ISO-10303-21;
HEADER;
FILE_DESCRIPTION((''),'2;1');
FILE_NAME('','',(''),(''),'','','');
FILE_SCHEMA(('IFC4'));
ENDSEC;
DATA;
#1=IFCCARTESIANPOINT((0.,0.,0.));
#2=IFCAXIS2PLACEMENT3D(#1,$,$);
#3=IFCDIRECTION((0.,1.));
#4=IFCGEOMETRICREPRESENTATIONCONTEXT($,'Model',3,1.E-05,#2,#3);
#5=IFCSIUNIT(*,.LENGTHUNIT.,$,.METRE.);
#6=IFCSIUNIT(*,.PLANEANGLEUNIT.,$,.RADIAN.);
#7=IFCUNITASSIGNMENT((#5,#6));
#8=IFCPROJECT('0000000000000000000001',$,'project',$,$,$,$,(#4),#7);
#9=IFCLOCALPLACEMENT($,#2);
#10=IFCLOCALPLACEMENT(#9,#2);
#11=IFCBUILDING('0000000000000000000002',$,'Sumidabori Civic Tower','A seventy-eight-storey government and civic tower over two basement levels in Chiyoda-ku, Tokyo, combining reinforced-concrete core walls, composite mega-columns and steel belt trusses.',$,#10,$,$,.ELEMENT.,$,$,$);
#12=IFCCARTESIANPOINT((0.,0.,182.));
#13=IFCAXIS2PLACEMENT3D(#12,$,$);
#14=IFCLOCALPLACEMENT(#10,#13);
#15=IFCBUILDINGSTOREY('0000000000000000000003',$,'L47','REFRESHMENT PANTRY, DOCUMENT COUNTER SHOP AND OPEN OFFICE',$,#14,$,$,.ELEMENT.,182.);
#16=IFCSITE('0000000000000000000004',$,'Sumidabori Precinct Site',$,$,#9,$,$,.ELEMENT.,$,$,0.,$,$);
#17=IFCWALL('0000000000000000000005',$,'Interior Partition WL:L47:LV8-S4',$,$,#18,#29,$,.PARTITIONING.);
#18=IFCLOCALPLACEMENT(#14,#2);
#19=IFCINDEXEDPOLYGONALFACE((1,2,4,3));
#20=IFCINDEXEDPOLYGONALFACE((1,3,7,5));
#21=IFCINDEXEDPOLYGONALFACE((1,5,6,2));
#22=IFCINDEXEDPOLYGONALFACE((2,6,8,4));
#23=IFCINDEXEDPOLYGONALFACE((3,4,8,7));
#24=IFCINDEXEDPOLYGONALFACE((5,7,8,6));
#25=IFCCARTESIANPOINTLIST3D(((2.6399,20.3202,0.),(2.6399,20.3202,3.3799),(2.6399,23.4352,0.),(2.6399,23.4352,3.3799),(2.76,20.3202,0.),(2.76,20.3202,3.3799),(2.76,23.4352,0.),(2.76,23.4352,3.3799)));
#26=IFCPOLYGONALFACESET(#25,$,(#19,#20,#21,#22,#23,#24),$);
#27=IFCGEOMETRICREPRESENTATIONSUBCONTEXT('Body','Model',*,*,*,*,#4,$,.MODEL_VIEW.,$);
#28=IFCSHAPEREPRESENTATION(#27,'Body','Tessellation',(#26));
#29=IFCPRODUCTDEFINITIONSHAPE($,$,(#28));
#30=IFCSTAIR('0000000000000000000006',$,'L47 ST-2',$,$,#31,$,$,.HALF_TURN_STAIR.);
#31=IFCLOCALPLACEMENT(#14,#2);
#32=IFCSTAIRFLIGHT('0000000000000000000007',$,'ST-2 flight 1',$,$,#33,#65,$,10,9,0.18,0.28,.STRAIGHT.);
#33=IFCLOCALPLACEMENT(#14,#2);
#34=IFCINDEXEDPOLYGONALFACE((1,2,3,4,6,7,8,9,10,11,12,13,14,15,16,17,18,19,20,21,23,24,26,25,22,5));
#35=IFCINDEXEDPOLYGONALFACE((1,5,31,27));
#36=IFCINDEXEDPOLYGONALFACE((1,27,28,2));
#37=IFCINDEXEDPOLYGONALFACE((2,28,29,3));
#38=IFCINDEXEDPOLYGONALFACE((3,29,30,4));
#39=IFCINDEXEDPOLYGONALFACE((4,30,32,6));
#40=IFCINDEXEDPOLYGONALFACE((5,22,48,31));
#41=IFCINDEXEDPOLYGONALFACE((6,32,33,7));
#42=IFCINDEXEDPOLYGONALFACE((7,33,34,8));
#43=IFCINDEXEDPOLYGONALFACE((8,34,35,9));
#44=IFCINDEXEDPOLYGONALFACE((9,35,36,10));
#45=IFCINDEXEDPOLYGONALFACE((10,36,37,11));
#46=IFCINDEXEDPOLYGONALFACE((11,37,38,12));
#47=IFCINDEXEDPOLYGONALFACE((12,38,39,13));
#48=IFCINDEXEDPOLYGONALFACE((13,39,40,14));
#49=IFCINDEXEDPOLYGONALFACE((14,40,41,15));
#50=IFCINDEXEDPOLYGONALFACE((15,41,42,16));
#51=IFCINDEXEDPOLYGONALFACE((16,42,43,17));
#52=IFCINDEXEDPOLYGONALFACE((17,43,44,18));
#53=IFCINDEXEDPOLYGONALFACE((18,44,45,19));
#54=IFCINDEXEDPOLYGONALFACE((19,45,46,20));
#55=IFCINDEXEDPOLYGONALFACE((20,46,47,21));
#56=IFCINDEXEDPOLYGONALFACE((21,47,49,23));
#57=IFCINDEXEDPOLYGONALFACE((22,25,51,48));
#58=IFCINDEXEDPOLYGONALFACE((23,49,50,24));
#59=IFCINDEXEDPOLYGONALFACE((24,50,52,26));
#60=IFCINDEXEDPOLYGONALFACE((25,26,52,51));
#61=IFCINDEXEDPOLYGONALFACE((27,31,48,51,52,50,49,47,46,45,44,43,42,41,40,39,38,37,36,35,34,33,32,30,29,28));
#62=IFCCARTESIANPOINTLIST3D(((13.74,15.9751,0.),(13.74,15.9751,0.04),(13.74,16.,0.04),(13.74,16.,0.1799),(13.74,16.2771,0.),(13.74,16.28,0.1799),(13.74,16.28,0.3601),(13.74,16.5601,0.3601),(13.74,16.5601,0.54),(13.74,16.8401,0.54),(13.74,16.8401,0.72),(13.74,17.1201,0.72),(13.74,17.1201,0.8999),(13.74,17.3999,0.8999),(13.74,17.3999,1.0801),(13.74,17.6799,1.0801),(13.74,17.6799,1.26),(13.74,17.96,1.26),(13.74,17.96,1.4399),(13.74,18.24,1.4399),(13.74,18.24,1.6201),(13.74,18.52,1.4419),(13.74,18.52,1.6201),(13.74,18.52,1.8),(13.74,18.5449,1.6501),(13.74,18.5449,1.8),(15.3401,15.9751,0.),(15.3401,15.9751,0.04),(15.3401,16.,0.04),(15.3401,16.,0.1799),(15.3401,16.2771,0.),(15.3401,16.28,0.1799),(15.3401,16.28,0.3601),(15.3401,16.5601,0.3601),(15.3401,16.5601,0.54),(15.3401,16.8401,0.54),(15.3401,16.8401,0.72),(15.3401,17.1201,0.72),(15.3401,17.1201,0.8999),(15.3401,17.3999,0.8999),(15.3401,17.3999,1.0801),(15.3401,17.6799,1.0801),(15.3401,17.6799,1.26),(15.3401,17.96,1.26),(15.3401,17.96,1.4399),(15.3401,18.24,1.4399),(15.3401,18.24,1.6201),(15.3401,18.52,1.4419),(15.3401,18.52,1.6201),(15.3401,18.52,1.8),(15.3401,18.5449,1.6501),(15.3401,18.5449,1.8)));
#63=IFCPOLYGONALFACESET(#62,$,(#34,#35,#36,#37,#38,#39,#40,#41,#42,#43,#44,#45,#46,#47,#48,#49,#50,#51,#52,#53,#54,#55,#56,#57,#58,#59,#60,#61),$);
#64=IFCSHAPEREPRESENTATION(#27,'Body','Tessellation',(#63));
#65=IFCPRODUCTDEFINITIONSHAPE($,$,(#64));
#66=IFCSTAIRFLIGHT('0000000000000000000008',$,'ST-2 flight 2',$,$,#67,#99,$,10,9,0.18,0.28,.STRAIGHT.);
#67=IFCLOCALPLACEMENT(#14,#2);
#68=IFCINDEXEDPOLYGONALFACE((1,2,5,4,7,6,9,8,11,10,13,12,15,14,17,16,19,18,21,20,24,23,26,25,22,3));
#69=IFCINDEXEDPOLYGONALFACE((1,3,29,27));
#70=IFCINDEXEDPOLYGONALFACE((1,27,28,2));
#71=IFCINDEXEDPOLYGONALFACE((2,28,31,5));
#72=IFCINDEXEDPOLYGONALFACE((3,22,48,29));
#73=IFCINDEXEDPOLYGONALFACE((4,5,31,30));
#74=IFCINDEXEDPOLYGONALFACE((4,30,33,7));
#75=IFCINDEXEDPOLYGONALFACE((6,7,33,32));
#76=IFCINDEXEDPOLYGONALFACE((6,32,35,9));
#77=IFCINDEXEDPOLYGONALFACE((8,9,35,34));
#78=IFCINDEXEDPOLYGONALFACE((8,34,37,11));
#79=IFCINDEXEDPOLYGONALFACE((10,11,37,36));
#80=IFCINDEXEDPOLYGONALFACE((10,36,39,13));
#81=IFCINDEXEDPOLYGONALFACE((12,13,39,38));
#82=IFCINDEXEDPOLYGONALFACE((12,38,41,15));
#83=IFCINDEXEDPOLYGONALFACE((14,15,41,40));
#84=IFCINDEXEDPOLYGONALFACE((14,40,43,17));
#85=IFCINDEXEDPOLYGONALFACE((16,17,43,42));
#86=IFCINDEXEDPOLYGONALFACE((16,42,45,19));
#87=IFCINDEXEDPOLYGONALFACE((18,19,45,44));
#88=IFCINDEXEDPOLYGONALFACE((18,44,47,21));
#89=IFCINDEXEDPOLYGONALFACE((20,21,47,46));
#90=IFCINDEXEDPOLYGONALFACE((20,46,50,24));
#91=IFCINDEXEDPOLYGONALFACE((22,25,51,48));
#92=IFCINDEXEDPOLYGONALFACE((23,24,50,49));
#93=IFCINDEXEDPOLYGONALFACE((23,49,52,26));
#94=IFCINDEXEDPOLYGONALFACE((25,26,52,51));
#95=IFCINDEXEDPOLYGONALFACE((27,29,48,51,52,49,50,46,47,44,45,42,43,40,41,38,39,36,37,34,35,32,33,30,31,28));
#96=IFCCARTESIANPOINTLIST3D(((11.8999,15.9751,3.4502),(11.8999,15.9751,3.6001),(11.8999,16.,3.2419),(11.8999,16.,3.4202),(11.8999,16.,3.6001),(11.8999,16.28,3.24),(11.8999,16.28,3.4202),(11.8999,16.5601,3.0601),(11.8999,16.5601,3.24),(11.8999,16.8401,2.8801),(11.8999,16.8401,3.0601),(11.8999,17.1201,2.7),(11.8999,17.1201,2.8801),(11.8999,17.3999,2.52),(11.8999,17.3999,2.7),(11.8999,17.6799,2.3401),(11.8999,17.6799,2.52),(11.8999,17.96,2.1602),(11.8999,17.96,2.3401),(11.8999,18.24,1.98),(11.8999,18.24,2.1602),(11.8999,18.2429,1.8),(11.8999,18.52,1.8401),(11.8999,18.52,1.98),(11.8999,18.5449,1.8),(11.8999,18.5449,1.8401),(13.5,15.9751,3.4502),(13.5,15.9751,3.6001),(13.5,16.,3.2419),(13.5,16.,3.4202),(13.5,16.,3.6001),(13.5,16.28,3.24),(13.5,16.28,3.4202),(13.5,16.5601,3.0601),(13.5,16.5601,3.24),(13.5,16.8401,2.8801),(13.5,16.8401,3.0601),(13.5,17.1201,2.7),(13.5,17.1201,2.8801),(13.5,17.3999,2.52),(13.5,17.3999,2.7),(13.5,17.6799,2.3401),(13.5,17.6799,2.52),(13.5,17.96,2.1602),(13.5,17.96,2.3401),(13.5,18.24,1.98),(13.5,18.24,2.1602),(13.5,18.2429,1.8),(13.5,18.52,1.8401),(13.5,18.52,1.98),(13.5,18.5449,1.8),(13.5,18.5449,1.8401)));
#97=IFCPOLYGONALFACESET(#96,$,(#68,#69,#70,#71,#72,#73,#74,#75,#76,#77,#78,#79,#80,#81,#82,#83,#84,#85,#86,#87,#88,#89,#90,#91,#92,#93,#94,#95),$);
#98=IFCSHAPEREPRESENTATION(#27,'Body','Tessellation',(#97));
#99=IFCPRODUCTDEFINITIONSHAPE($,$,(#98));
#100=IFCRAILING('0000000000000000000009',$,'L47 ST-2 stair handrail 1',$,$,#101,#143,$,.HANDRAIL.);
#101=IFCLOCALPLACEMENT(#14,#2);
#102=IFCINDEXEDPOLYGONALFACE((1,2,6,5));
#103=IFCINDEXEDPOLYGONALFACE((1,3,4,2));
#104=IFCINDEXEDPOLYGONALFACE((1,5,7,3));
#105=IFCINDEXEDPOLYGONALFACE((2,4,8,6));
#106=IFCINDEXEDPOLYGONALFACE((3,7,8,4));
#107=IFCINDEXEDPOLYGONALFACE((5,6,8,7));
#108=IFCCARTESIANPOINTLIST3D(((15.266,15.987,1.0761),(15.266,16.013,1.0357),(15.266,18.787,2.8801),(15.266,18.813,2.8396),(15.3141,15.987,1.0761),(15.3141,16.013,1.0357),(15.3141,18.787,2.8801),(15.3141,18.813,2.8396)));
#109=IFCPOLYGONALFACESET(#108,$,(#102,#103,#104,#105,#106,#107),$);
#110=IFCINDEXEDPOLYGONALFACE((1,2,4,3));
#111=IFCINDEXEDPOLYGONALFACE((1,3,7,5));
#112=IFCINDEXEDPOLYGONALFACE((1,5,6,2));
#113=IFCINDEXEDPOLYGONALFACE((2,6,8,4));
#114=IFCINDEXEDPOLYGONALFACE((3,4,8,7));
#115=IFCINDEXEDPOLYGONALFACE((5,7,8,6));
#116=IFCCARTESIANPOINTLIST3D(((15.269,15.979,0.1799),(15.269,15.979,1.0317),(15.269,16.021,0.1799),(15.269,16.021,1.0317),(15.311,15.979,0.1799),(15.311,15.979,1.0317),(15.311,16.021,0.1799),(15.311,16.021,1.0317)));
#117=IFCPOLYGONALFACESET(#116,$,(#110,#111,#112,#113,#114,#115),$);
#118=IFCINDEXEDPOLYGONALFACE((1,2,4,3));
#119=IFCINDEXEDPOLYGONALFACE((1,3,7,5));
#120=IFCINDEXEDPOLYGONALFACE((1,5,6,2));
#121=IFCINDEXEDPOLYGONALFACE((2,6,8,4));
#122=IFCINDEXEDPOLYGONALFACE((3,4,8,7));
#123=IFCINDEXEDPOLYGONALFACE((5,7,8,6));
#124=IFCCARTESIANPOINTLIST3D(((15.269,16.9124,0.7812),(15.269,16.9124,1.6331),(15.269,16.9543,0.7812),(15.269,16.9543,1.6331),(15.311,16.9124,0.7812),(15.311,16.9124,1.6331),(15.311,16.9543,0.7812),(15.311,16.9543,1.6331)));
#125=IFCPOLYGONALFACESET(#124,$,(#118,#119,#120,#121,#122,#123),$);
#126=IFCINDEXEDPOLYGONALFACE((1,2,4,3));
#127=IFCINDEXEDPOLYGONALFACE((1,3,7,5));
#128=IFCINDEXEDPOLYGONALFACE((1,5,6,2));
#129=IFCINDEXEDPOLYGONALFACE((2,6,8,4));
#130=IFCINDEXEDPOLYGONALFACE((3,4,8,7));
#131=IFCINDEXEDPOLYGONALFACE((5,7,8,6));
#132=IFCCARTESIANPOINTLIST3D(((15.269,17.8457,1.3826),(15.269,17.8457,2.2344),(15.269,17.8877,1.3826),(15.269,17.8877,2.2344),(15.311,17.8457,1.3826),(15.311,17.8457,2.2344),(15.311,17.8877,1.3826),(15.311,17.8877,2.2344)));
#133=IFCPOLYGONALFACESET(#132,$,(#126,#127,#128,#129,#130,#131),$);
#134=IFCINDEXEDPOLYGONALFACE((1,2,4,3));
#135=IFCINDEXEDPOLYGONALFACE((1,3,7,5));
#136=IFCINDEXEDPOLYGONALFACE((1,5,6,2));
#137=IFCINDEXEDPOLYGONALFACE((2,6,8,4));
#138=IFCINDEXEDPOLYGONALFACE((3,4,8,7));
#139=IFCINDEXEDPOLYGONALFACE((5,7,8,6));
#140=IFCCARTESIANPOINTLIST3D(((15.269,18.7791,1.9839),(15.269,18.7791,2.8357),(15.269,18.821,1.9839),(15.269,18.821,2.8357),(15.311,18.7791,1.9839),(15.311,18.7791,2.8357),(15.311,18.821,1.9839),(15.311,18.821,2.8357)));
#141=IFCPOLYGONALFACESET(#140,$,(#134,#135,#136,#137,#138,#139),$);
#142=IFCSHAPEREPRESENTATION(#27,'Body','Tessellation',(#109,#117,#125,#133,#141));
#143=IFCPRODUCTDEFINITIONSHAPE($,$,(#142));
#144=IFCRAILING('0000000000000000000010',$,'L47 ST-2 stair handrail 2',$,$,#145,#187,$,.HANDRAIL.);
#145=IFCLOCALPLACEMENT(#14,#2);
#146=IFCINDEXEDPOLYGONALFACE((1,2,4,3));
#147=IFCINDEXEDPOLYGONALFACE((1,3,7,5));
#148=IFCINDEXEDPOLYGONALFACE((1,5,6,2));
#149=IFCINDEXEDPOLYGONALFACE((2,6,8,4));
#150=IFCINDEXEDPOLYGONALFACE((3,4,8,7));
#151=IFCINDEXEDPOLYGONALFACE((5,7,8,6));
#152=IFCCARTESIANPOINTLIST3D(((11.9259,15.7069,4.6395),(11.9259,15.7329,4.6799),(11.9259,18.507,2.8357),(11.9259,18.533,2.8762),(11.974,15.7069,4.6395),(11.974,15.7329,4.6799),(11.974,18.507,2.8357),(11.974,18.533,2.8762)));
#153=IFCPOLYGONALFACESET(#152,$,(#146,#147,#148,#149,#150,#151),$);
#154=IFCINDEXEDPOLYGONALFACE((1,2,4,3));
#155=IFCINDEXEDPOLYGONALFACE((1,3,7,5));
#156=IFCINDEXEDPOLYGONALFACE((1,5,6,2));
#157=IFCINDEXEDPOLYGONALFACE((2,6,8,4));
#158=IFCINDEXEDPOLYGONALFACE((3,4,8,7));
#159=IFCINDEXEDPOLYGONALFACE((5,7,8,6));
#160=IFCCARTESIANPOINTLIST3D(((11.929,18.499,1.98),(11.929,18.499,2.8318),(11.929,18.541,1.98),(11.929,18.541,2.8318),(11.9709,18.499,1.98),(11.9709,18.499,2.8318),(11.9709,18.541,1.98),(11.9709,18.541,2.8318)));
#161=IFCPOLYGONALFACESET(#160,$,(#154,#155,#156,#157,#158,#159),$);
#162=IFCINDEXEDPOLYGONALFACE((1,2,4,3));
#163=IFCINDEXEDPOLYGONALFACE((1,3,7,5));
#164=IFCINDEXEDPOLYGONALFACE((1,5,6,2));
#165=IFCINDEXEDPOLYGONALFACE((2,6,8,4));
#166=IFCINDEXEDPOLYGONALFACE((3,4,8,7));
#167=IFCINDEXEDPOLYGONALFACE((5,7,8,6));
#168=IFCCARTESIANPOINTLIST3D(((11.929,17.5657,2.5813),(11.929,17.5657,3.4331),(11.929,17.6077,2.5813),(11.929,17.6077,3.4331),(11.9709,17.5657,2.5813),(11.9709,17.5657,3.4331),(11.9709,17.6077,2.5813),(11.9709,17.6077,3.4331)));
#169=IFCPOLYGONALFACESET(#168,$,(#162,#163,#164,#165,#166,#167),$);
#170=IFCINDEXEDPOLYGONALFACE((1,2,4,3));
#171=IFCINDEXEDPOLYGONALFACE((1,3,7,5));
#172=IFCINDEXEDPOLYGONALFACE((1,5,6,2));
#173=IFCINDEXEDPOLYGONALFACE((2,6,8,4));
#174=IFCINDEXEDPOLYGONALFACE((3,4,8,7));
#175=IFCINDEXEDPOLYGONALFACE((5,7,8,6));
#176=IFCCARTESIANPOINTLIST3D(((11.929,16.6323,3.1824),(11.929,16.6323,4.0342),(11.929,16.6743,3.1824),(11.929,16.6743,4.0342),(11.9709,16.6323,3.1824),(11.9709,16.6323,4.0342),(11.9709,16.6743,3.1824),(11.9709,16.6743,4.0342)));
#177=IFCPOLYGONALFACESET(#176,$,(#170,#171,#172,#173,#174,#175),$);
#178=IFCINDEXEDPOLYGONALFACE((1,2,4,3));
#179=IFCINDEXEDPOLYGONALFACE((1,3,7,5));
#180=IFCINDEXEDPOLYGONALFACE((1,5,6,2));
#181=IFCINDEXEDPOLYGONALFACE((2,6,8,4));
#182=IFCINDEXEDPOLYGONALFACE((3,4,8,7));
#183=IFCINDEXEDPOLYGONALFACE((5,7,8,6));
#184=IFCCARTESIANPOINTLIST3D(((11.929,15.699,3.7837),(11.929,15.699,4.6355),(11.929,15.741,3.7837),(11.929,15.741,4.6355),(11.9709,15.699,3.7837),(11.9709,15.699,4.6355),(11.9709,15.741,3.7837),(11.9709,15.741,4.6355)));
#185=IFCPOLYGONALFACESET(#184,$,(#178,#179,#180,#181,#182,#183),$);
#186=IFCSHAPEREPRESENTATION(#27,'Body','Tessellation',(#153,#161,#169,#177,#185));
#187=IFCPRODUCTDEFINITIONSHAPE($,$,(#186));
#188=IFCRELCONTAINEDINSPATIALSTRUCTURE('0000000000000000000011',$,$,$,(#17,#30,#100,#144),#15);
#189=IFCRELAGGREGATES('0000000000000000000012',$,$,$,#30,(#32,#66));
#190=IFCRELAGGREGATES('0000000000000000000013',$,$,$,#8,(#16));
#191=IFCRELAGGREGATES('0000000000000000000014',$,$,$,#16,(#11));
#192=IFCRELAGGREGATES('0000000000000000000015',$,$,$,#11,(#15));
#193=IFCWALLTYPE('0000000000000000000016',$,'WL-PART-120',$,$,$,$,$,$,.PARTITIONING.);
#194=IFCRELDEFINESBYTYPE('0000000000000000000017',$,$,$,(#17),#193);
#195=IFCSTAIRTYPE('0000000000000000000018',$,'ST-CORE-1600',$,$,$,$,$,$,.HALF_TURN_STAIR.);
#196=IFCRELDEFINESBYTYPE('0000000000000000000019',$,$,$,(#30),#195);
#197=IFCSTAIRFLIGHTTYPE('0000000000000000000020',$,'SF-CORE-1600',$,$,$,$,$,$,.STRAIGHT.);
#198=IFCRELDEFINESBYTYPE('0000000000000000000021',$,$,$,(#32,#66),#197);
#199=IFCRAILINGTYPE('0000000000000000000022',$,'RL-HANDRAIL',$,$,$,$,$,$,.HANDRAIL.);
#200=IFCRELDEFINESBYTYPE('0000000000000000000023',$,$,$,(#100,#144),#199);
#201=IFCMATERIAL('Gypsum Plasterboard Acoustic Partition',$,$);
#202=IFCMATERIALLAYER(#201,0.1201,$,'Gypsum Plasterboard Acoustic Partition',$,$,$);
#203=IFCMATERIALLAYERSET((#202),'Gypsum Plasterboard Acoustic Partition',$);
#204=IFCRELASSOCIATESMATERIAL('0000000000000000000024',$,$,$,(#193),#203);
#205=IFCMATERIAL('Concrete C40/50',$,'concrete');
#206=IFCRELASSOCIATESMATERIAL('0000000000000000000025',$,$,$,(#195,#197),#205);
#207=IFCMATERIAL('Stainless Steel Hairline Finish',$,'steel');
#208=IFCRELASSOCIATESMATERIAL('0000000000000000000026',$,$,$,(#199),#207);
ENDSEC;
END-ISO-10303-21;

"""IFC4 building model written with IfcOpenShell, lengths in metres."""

from ifc_helpers import new_model, si_unit, direction, frame, frame_2d, origin, origin_2d, place, context, subcontext, project, spatial, polyline, rectangle, outline, extrude, source, transform, mapped, material, layer, layer_set, type_object, element, aggregate, save


model = new_model("IFC4")

# Units and contexts
model_context = context("Model", 3, precision=1e-05, world=origin(), true_north=direction((0.0, 1.0)))
body_context = subcontext(model_context, "Body", "Model", "MODEL_VIEW")
ifc_project = project(units=[si_unit("LENGTHUNIT", "METRE"), si_unit("PLANEANGLEUNIT", "RADIAN")], contexts=[model_context])

# Site, building, storey
site_placement = place(None, origin())
site = spatial("IfcSite", under=ifc_project, at=site_placement, Name="Sumidabori Precinct Site", CompositionType="ELEMENT", RefElevation=0.0)
building_placement = place(site_placement, origin())
building = spatial("IfcBuilding", under=site, at=building_placement, Name="Sumidabori Civic Tower", Description="A seventy-eight-storey government and civic tower over two basement levels in Chiyoda-ku, Tokyo, combining reinforced-concrete core walls, composite mega-columns and steel belt trusses.", CompositionType="ELEMENT")
storey_placement = place(building_placement, frame((0.0, 0.0, 182.0)))
storey = spatial("IfcBuildingStorey", under=building, at=storey_placement, Name="L47", Description="REFRESHMENT PANTRY, DOCUMENT COUNTER SHOP AND OPEN OFFICE", CompositionType="ELEMENT", Elevation=182.0)

# Wall
ifc_material_1 = material(Name="Gypsum Plasterboard Acoustic Partition")
ifc_layer_1 = layer(ifc_material_1, 0.1201, Name="Gypsum Plasterboard Acoustic Partition")
ifc_layer_set_1 = layer_set([ifc_layer_1], Name="Gypsum Plasterboard Acoustic Partition")
wall_type_1 = type_object("IfcWallType", Name="WL-PART-120", PredefinedType="PARTITIONING", material=ifc_layer_set_1)
shared_shape_1 = source(origin(), body_context, "Body", "SweptSolid", [
    extrude(rectangle(XDim=3.115, YDim=0.1201, at=frame_2d((1.5576, 0.0))), origin(), (0.0, 0.0, 1.0), 3.3799),
])
wall_1_placement = place(storey_placement, frame((2.7, 20.3201, 0.0), z_axis=(0.0, 0.0, 1.0), x_axis=(0.0, 1.0, 0.0)))
element("IfcWall", 1, at=wall_1_placement, inside=storey, type_object=wall_type_1, Name="Interior Partition WL:L47:LV8-S4", PredefinedType="PARTITIONING", context=body_context, shape_type="MappedRepresentation", body=[
    mapped(shared_shape_1, transform((0.0, 0.0, 0.0), x_axis=(1.0, 0.0, 0.0), y_axis=(0.0, 1.0, 0.0), z_axis=(0.0, 0.0, 1.0), scale=1.0)),
])

# Stair, stair flights
ifc_material_2 = material(Name="Concrete C40/50", Category="concrete")
stair_type = type_object("IfcStairType", Name="ST-CORE-1600", PredefinedType="HALF_TURN_STAIR", material=ifc_material_2)
stair_placement = place(storey_placement, origin())
stair = element("IfcStair", 2, at=stair_placement, inside=storey, type_object=stair_type, Name="L47 ST-2", PredefinedType="HALF_TURN_STAIR")
stair_flight_type = type_object("IfcStairFlightType", Name="SF-CORE-1600", PredefinedType="STRAIGHT", material=ifc_material_2)
shared_shape_2 = source(origin(), body_context, "Body", "SweptSolid", [
    extrude(outline(polyline([(-0.0249, 0.0), (-0.0249, 0.04), (0.0, 0.04), (0.0, 0.1799), (0.28, 0.1799), (0.28, 0.3601), (0.5601, 0.3601), (0.5601, 0.54), (0.8401, 0.54), (0.8401, 0.72), (1.1201, 0.72), (1.1201, 0.8999), (1.3999, 0.8999), (1.3999, 1.0801), (1.6799, 1.0801), (1.6799, 1.26), (1.96, 1.26), (1.96, 1.4399), (2.24, 1.4399), (2.24, 1.6201), (2.52, 1.6201), (2.52, 1.8), (2.5449, 1.8), (2.5449, 1.6501), (2.52, 1.4419), (0.2771, 0.0), (-0.0249, 0.0)])), frame((0.0, 0.8, 0.0), z_axis=(0.0, -1.0, 0.0), x_axis=(1.0, 0.0, 0.0)), (0.0, 0.0, 1.0), 1.6001),
])
stair_flight_1_placement = place(storey_placement, frame((14.54, 16.0, 0.0), z_axis=(0.0, 0.0, 1.0), x_axis=(0.0, 1.0, 0.0)))
stair_flight_1 = element("IfcStairFlight", 3, at=stair_flight_1_placement, type_object=stair_flight_type, Name="ST-2 flight 1", NumberOfRisers=10, NumberOfTreads=9, PredefinedType="STRAIGHT", RiserHeight=0.18, TreadLength=0.28, context=body_context, shape_type="MappedRepresentation", body=[
    mapped(shared_shape_2, transform((0.0, 0.0, 0.0), x_axis=(1.0, 0.0, 0.0), y_axis=(0.0, 1.0, 0.0), z_axis=(0.0, 0.0, 1.0), scale=1.0)),
])
stair_flight_2_placement = place(storey_placement, frame((12.7, 18.52, 1.8), z_axis=(0.0, 0.0, 1.0), x_axis=(0.0, -1.0, 0.0)))
stair_flight_2 = element("IfcStairFlight", 4, at=stair_flight_2_placement, type_object=stair_flight_type, Name="ST-2 flight 2", NumberOfRisers=10, NumberOfTreads=9, PredefinedType="STRAIGHT", RiserHeight=0.18, TreadLength=0.28, context=body_context, shape_type="MappedRepresentation", body=[
    mapped(shared_shape_2, transform((0.0, 0.0, 0.0), x_axis=(1.0, 0.0, 0.0), y_axis=(0.0, 1.0, 0.0), z_axis=(0.0, 0.0, 1.0), scale=1.0)),
])
aggregate(stair, [stair_flight_1, stair_flight_2])

# Railings
ifc_material_3 = material(Name="Stainless Steel Hairline Finish", Category="steel")
railing_type_1 = type_object("IfcRailingType", Name="RL-HANDRAIL", PredefinedType="HANDRAIL", material=ifc_material_3)
railing_1_placement = place(storey_placement, frame((15.29, 16.0, 0.1799)))
element("IfcRailing", 5, at=railing_1_placement, inside=storey, type_object=railing_type_1, Name="L47 ST-2 stair handrail 1", PredefinedType="HANDRAIL", context=body_context, shape_type="SweptSolid", body=[
    extrude(rectangle(XDim=0.0481, YDim=0.0481, at=origin_2d()), frame((0.0, 0.0, 0.876), z_axis=(0.0, 0.840642, 0.541591), x_axis=(-1.0, 0.0, 0.0)), (0.0, 0.0, 1.0), 3.3308),
    extrude(rectangle(XDim=0.042, YDim=0.042, at=origin_2d()), origin(), (0.0, 0.0, 1.0), 0.8518),
    extrude(rectangle(XDim=0.042, YDim=0.042, at=origin_2d()), frame((0.0, 0.9333, 0.6013)), (0.0, 0.0, 1.0), 0.8518),
    extrude(rectangle(XDim=0.042, YDim=0.042, at=origin_2d()), frame((0.0, 1.8667, 1.2026)), (0.0, 0.0, 1.0), 0.8518),
    extrude(rectangle(XDim=0.042, YDim=0.042, at=origin_2d()), frame((0.0, 2.8, 1.804)), (0.0, 0.0, 1.0), 0.8518),
])
railing_2_placement = place(storey_placement, frame((11.95, 18.52, 1.98)))
element("IfcRailing", 6, at=railing_2_placement, inside=storey, type_object=railing_type_1, Name="L47 ST-2 stair handrail 2", PredefinedType="HANDRAIL", context=body_context, shape_type="SweptSolid", body=[
    extrude(rectangle(XDim=0.0481, YDim=0.0481, at=origin_2d()), frame((0.0, 0.0, 0.876), z_axis=(0.0, -0.840676, 0.541539), x_axis=(1.0, 0.0, 0.0)), (0.0, 0.0, 1.0), 3.3308),
    extrude(rectangle(XDim=0.042, YDim=0.042, at=origin_2d()), origin(), (0.0, 0.0, 1.0), 0.8518),
    extrude(rectangle(XDim=0.042, YDim=0.042, at=origin_2d()), frame((0.0, -0.9333, 0.6013)), (0.0, 0.0, 1.0), 0.8518),
    extrude(rectangle(XDim=0.042, YDim=0.042, at=origin_2d()), frame((0.0, -1.8667, 1.2024)), (0.0, 0.0, 1.0), 0.8518),
    extrude(rectangle(XDim=0.042, YDim=0.042, at=origin_2d()), frame((0.0, -2.8, 1.8037)), (0.0, 0.0, 1.0), 0.8518),
])

save(model, "model.ifc")
